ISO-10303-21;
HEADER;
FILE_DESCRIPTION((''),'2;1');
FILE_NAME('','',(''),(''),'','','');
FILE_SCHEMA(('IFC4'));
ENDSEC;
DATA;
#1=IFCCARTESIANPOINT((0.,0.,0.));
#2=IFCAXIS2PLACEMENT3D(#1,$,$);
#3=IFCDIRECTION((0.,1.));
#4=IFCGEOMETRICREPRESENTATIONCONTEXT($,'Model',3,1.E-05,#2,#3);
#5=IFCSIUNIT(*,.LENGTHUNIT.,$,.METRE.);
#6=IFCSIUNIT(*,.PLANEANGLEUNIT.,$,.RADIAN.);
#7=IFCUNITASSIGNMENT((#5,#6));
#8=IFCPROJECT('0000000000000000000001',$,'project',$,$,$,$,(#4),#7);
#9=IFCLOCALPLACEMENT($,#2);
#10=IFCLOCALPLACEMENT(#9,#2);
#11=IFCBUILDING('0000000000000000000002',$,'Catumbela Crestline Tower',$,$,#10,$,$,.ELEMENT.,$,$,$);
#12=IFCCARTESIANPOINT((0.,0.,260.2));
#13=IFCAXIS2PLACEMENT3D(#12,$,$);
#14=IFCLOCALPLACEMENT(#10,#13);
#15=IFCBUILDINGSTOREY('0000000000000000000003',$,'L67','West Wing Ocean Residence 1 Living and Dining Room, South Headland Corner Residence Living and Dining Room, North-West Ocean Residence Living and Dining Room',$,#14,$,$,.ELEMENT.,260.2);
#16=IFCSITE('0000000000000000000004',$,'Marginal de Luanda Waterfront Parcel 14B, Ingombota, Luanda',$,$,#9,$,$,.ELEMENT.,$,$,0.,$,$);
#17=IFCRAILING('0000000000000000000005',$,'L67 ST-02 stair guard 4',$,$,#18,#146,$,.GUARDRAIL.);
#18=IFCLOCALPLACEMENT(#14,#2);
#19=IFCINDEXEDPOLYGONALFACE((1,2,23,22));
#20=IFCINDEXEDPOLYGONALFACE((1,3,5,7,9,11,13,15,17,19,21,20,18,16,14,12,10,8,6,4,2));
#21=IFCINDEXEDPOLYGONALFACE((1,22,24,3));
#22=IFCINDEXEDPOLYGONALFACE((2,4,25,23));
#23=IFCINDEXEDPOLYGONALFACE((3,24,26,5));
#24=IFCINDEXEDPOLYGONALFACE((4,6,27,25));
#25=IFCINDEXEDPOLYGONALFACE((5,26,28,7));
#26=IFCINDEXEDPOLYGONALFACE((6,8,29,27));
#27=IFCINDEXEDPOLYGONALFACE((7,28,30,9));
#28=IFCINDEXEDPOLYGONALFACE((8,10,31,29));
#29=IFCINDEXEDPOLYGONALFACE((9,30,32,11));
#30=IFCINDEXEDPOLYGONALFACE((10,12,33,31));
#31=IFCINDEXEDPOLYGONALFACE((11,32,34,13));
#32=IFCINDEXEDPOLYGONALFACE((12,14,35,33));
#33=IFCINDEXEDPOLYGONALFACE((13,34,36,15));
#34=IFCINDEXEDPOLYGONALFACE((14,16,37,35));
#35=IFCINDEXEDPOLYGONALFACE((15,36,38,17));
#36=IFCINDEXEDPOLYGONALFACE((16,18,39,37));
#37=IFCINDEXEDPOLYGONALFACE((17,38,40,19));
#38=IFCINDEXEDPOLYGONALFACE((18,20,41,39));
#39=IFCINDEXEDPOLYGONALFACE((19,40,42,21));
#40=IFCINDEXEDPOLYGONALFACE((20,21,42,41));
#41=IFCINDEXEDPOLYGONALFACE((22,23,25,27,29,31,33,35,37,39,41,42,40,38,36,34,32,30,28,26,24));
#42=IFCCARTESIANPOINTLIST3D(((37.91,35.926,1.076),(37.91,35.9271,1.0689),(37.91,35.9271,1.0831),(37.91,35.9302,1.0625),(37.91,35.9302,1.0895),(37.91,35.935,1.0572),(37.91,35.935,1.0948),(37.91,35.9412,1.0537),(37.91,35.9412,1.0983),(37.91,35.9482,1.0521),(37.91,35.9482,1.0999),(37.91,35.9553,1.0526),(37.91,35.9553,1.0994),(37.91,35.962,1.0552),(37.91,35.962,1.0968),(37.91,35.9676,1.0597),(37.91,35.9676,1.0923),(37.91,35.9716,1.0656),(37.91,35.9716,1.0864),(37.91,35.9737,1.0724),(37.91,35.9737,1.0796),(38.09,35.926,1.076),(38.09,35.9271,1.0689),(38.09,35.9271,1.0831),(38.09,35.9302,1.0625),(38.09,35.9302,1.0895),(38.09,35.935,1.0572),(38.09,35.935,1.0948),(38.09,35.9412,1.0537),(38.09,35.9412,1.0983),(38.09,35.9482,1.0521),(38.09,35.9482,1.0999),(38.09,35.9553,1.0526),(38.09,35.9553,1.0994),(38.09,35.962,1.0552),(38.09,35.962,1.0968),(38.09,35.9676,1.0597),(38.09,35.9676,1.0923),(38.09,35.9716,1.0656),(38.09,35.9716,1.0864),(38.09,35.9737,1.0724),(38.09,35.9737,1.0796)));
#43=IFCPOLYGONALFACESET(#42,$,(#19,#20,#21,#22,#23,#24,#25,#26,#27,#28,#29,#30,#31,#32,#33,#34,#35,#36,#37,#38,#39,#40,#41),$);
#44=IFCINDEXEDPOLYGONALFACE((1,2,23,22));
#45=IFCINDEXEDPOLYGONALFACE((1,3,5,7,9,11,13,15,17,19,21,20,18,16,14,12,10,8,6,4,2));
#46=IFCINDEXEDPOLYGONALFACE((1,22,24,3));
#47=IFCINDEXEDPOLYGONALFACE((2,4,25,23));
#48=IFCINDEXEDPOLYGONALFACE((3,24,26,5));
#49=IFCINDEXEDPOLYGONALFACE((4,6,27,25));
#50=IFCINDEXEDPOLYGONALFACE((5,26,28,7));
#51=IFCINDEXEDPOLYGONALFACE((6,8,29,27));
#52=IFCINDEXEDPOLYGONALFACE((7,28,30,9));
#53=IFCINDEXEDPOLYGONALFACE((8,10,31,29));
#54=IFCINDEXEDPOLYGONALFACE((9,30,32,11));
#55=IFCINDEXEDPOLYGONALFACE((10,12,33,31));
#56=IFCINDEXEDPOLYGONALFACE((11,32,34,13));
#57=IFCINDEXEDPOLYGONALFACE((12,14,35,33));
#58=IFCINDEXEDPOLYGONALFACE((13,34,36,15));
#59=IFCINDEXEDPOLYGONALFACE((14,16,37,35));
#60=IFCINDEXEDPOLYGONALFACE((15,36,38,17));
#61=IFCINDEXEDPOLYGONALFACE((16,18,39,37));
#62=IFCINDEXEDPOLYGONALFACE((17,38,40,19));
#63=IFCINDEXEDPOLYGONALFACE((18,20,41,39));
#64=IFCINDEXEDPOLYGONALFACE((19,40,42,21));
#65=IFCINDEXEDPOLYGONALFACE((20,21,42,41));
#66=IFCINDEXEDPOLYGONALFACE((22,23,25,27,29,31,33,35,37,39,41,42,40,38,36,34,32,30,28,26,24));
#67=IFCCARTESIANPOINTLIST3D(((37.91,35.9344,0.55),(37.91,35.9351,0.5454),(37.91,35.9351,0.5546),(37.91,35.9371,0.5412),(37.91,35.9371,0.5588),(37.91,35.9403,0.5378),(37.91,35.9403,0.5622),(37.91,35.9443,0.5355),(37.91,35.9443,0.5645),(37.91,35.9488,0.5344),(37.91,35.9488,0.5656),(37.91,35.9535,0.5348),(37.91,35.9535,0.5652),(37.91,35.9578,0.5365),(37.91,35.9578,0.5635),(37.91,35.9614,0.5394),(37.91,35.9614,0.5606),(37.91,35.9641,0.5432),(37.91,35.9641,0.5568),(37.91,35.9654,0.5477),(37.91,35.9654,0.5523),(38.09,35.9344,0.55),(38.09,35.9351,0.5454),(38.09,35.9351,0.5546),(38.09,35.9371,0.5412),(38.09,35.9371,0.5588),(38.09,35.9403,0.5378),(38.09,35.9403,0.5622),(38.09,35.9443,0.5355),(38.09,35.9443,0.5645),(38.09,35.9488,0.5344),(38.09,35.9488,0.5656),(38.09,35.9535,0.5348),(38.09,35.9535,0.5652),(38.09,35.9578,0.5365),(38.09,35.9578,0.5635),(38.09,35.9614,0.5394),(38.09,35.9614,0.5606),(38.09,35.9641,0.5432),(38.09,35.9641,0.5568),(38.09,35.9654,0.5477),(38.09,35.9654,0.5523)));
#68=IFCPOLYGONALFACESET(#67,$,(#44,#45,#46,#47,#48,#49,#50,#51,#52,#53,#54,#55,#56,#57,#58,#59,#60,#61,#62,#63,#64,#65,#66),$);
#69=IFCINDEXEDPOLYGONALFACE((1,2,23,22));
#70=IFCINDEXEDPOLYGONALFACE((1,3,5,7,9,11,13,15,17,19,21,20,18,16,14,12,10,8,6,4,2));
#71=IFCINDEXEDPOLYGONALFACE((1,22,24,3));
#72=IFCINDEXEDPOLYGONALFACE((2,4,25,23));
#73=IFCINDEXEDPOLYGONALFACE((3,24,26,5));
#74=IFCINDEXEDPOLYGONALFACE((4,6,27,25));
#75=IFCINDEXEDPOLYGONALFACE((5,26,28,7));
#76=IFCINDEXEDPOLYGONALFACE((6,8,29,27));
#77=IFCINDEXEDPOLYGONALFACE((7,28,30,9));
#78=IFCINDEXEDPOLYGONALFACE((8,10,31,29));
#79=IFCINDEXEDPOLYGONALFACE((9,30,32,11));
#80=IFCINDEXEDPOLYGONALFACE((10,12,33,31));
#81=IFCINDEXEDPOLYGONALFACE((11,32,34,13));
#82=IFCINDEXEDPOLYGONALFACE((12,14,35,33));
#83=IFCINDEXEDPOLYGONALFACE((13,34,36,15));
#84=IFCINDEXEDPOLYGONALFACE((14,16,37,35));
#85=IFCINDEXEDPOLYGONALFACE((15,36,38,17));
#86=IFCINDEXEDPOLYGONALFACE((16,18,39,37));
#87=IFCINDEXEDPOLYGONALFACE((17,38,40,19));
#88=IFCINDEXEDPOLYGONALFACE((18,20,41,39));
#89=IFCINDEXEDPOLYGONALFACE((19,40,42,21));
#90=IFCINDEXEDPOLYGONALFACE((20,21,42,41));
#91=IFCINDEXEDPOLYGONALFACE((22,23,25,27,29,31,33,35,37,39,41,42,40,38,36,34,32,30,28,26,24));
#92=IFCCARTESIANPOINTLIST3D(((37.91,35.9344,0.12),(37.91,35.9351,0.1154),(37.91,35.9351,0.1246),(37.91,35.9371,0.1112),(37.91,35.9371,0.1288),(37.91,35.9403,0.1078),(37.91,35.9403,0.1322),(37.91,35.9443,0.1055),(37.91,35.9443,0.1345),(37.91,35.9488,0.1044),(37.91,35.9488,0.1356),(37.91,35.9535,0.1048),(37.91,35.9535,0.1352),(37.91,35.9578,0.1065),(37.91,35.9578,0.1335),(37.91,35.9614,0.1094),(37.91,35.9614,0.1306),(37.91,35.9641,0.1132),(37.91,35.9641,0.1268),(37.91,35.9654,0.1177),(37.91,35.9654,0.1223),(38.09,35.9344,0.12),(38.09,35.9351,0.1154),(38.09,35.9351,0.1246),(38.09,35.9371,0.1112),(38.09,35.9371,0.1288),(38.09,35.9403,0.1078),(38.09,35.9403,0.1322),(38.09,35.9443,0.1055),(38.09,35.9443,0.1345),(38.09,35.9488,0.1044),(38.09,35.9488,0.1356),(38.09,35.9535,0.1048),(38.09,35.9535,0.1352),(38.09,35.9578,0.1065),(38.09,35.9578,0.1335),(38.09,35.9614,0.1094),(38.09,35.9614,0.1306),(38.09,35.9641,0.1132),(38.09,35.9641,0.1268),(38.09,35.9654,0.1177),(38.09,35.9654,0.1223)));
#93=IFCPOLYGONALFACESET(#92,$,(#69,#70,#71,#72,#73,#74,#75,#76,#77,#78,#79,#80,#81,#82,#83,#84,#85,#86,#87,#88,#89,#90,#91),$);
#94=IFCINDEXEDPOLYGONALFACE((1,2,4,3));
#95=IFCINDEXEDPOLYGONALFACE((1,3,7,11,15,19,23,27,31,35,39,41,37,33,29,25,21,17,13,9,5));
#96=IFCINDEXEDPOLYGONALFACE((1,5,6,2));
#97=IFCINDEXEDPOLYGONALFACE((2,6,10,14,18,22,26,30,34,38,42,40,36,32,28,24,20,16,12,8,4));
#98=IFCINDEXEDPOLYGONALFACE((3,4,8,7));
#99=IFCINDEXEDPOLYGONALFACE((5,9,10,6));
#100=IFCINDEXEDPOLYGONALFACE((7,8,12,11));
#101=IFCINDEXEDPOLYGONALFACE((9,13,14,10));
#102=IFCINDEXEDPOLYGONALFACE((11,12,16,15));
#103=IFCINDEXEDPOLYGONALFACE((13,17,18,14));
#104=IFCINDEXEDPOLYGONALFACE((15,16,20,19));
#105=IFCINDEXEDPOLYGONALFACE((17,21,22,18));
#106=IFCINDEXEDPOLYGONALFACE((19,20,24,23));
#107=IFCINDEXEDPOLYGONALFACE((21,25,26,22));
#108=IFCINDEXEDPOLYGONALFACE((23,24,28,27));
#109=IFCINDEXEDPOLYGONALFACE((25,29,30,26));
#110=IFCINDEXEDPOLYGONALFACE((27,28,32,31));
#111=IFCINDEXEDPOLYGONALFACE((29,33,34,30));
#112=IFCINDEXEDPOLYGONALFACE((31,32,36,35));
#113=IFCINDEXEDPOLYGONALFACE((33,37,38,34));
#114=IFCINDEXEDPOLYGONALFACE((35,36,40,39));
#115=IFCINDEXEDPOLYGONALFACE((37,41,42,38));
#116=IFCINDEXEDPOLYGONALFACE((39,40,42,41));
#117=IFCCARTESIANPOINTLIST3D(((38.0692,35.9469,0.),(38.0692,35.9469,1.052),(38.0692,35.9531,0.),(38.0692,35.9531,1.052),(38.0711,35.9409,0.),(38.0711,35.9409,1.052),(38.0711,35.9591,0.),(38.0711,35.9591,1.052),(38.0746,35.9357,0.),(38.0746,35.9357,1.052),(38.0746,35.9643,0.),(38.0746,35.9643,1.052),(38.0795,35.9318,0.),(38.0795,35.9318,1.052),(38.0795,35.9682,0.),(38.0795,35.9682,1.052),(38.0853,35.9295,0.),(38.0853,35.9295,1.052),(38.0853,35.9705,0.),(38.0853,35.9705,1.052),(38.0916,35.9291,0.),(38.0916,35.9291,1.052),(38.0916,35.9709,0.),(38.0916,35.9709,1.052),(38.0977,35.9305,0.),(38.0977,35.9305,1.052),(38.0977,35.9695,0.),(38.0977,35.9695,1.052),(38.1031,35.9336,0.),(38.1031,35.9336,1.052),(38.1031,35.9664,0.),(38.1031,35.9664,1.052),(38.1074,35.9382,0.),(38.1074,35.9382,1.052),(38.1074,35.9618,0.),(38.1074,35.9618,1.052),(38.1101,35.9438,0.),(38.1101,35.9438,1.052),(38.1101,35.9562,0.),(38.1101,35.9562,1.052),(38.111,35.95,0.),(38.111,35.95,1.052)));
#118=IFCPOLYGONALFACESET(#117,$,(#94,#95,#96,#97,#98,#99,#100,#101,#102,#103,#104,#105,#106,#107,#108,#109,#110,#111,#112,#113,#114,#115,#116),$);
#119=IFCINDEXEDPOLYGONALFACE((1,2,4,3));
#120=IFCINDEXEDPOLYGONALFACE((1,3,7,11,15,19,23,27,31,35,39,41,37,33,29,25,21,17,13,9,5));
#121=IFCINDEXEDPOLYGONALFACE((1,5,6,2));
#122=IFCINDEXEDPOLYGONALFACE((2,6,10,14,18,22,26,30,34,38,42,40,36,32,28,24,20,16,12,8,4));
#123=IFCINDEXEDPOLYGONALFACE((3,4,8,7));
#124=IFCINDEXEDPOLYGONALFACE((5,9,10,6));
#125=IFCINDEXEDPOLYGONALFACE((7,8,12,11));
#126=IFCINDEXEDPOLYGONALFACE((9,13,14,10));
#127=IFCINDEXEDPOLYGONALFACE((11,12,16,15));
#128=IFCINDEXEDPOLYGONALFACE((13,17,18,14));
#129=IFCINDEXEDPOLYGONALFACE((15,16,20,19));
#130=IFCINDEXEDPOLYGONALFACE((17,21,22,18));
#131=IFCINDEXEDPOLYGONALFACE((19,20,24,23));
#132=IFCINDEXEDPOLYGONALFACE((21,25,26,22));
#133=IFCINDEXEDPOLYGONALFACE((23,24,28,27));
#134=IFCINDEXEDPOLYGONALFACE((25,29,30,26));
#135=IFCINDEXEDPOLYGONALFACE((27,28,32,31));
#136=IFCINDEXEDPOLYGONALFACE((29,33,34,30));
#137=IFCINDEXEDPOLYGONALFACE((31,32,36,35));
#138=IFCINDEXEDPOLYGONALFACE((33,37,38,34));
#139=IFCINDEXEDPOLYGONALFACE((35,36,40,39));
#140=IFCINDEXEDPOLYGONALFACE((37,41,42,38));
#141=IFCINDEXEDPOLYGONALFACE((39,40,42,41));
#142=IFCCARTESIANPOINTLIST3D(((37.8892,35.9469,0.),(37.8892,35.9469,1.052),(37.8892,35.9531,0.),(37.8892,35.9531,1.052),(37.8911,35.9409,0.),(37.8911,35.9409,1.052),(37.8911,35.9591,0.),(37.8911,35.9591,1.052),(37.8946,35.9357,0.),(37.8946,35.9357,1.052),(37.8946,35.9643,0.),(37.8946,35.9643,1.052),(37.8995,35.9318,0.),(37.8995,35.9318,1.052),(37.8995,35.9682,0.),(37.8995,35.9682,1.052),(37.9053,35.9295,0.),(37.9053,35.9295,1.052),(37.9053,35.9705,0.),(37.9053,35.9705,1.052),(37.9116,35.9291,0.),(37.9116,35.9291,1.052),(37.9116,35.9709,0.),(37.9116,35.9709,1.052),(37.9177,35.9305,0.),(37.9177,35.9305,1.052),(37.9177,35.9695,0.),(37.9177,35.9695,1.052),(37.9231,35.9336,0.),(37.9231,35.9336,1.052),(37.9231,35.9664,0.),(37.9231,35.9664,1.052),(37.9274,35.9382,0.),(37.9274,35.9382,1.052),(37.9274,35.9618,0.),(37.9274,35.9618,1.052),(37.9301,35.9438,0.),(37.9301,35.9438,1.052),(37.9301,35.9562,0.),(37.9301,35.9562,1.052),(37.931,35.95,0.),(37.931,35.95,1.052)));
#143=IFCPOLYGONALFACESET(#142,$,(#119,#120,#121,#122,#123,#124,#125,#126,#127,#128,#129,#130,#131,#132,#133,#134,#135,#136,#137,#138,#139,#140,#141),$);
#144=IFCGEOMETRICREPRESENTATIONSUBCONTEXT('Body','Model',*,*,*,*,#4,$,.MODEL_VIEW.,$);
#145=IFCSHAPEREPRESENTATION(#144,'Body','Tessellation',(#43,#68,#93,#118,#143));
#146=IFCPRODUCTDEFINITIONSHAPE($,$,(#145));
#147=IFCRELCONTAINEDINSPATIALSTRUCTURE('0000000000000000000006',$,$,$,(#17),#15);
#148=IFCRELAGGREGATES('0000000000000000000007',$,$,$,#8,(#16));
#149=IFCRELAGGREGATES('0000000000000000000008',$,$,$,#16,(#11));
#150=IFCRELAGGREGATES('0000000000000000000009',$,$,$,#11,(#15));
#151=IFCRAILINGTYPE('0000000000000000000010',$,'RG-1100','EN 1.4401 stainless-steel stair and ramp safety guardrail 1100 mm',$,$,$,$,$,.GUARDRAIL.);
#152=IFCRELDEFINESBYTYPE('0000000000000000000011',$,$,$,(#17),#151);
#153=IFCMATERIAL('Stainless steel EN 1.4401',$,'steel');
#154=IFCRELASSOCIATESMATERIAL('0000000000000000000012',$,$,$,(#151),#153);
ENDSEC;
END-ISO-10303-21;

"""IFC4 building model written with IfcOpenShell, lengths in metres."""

from ifc_helpers import new_model, si_unit, direction, frame, origin, origin_2d, place, context, subcontext, project, spatial, circle, extrude, material, type_object, element, save


model = new_model("IFC4")

# Units and contexts
model_context = context("Model", 3, precision=1e-05, world=origin(), true_north=direction((0.0, 1.0)))
body_context = subcontext(model_context, "Body", "Model", "MODEL_VIEW")
ifc_project = project(units=[si_unit("LENGTHUNIT", "METRE"), si_unit("PLANEANGLEUNIT", "RADIAN")], contexts=[model_context])

# Site, building, storey
site_placement = place(None, origin())
site = spatial("IfcSite", under=ifc_project, at=site_placement, Name="Marginal de Luanda Waterfront Parcel 14B, Ingombota, Luanda", CompositionType="ELEMENT", RefElevation=0.0)
building_placement = place(site_placement, origin())
building = spatial("IfcBuilding", under=site, at=building_placement, Name="Catumbela Crestline Tower", CompositionType="ELEMENT")
storey_placement = place(building_placement, frame((0.0, 0.0, 260.2)))
storey = spatial("IfcBuildingStorey", under=building, at=storey_placement, Name="L67", Description="West Wing Ocean Residence 1 Living and Dining Room, South Headland Corner Residence Living and Dining Room, North-West Ocean Residence Living and Dining Room", CompositionType="ELEMENT", Elevation=260.2)

# Railing
ifc_material_1 = material(Name="Stainless steel EN 1.4401", Category="steel")
railing_type_1 = type_object("IfcRailingType", Name="RG-1100", Description="EN 1.4401 stainless-steel stair and ramp safety guardrail 1100 mm", PredefinedType="GUARDRAIL", material=ifc_material_1)
railing_1_placement = place(storey_placement, frame((38.09, 35.95, 0.0)))
element("IfcRailing", 1, at=railing_1_placement, inside=storey, type_object=railing_type_1, Name="L67 ST-02 stair guard 4", PredefinedType="GUARDRAIL", context=body_context, shape_type="SweptSolid", body=[
    extrude(circle(Radius=0.024, at=origin_2d()), frame((0.0, 0.0, 1.076), z_axis=(-1.0, 0.0, 0.0), x_axis=(0.0, -1.0, 0.0)), (0.0, 0.0, 1.0), 0.18),
    extrude(circle(Radius=0.0156, at=origin_2d()), frame((0.0, 0.0, 0.55), z_axis=(-1.0, 0.0, 0.0), x_axis=(0.0, -1.0, 0.0)), (0.0, 0.0, 1.0), 0.18),
    extrude(circle(Radius=0.0156, at=origin_2d()), frame((0.0, 0.0, 0.12), z_axis=(-1.0, 0.0, 0.0), x_axis=(0.0, -1.0, 0.0)), (0.0, 0.0, 1.0), 0.18),
    extrude(circle(Radius=0.021, at=origin_2d()), origin(), (0.0, 0.0, 1.0), 1.052),
    extrude(circle(Radius=0.021, at=origin_2d()), frame((-0.18, 0.0, 0.0)), (0.0, 0.0, 1.0), 1.052),
])

save(model, "model.ifc")
